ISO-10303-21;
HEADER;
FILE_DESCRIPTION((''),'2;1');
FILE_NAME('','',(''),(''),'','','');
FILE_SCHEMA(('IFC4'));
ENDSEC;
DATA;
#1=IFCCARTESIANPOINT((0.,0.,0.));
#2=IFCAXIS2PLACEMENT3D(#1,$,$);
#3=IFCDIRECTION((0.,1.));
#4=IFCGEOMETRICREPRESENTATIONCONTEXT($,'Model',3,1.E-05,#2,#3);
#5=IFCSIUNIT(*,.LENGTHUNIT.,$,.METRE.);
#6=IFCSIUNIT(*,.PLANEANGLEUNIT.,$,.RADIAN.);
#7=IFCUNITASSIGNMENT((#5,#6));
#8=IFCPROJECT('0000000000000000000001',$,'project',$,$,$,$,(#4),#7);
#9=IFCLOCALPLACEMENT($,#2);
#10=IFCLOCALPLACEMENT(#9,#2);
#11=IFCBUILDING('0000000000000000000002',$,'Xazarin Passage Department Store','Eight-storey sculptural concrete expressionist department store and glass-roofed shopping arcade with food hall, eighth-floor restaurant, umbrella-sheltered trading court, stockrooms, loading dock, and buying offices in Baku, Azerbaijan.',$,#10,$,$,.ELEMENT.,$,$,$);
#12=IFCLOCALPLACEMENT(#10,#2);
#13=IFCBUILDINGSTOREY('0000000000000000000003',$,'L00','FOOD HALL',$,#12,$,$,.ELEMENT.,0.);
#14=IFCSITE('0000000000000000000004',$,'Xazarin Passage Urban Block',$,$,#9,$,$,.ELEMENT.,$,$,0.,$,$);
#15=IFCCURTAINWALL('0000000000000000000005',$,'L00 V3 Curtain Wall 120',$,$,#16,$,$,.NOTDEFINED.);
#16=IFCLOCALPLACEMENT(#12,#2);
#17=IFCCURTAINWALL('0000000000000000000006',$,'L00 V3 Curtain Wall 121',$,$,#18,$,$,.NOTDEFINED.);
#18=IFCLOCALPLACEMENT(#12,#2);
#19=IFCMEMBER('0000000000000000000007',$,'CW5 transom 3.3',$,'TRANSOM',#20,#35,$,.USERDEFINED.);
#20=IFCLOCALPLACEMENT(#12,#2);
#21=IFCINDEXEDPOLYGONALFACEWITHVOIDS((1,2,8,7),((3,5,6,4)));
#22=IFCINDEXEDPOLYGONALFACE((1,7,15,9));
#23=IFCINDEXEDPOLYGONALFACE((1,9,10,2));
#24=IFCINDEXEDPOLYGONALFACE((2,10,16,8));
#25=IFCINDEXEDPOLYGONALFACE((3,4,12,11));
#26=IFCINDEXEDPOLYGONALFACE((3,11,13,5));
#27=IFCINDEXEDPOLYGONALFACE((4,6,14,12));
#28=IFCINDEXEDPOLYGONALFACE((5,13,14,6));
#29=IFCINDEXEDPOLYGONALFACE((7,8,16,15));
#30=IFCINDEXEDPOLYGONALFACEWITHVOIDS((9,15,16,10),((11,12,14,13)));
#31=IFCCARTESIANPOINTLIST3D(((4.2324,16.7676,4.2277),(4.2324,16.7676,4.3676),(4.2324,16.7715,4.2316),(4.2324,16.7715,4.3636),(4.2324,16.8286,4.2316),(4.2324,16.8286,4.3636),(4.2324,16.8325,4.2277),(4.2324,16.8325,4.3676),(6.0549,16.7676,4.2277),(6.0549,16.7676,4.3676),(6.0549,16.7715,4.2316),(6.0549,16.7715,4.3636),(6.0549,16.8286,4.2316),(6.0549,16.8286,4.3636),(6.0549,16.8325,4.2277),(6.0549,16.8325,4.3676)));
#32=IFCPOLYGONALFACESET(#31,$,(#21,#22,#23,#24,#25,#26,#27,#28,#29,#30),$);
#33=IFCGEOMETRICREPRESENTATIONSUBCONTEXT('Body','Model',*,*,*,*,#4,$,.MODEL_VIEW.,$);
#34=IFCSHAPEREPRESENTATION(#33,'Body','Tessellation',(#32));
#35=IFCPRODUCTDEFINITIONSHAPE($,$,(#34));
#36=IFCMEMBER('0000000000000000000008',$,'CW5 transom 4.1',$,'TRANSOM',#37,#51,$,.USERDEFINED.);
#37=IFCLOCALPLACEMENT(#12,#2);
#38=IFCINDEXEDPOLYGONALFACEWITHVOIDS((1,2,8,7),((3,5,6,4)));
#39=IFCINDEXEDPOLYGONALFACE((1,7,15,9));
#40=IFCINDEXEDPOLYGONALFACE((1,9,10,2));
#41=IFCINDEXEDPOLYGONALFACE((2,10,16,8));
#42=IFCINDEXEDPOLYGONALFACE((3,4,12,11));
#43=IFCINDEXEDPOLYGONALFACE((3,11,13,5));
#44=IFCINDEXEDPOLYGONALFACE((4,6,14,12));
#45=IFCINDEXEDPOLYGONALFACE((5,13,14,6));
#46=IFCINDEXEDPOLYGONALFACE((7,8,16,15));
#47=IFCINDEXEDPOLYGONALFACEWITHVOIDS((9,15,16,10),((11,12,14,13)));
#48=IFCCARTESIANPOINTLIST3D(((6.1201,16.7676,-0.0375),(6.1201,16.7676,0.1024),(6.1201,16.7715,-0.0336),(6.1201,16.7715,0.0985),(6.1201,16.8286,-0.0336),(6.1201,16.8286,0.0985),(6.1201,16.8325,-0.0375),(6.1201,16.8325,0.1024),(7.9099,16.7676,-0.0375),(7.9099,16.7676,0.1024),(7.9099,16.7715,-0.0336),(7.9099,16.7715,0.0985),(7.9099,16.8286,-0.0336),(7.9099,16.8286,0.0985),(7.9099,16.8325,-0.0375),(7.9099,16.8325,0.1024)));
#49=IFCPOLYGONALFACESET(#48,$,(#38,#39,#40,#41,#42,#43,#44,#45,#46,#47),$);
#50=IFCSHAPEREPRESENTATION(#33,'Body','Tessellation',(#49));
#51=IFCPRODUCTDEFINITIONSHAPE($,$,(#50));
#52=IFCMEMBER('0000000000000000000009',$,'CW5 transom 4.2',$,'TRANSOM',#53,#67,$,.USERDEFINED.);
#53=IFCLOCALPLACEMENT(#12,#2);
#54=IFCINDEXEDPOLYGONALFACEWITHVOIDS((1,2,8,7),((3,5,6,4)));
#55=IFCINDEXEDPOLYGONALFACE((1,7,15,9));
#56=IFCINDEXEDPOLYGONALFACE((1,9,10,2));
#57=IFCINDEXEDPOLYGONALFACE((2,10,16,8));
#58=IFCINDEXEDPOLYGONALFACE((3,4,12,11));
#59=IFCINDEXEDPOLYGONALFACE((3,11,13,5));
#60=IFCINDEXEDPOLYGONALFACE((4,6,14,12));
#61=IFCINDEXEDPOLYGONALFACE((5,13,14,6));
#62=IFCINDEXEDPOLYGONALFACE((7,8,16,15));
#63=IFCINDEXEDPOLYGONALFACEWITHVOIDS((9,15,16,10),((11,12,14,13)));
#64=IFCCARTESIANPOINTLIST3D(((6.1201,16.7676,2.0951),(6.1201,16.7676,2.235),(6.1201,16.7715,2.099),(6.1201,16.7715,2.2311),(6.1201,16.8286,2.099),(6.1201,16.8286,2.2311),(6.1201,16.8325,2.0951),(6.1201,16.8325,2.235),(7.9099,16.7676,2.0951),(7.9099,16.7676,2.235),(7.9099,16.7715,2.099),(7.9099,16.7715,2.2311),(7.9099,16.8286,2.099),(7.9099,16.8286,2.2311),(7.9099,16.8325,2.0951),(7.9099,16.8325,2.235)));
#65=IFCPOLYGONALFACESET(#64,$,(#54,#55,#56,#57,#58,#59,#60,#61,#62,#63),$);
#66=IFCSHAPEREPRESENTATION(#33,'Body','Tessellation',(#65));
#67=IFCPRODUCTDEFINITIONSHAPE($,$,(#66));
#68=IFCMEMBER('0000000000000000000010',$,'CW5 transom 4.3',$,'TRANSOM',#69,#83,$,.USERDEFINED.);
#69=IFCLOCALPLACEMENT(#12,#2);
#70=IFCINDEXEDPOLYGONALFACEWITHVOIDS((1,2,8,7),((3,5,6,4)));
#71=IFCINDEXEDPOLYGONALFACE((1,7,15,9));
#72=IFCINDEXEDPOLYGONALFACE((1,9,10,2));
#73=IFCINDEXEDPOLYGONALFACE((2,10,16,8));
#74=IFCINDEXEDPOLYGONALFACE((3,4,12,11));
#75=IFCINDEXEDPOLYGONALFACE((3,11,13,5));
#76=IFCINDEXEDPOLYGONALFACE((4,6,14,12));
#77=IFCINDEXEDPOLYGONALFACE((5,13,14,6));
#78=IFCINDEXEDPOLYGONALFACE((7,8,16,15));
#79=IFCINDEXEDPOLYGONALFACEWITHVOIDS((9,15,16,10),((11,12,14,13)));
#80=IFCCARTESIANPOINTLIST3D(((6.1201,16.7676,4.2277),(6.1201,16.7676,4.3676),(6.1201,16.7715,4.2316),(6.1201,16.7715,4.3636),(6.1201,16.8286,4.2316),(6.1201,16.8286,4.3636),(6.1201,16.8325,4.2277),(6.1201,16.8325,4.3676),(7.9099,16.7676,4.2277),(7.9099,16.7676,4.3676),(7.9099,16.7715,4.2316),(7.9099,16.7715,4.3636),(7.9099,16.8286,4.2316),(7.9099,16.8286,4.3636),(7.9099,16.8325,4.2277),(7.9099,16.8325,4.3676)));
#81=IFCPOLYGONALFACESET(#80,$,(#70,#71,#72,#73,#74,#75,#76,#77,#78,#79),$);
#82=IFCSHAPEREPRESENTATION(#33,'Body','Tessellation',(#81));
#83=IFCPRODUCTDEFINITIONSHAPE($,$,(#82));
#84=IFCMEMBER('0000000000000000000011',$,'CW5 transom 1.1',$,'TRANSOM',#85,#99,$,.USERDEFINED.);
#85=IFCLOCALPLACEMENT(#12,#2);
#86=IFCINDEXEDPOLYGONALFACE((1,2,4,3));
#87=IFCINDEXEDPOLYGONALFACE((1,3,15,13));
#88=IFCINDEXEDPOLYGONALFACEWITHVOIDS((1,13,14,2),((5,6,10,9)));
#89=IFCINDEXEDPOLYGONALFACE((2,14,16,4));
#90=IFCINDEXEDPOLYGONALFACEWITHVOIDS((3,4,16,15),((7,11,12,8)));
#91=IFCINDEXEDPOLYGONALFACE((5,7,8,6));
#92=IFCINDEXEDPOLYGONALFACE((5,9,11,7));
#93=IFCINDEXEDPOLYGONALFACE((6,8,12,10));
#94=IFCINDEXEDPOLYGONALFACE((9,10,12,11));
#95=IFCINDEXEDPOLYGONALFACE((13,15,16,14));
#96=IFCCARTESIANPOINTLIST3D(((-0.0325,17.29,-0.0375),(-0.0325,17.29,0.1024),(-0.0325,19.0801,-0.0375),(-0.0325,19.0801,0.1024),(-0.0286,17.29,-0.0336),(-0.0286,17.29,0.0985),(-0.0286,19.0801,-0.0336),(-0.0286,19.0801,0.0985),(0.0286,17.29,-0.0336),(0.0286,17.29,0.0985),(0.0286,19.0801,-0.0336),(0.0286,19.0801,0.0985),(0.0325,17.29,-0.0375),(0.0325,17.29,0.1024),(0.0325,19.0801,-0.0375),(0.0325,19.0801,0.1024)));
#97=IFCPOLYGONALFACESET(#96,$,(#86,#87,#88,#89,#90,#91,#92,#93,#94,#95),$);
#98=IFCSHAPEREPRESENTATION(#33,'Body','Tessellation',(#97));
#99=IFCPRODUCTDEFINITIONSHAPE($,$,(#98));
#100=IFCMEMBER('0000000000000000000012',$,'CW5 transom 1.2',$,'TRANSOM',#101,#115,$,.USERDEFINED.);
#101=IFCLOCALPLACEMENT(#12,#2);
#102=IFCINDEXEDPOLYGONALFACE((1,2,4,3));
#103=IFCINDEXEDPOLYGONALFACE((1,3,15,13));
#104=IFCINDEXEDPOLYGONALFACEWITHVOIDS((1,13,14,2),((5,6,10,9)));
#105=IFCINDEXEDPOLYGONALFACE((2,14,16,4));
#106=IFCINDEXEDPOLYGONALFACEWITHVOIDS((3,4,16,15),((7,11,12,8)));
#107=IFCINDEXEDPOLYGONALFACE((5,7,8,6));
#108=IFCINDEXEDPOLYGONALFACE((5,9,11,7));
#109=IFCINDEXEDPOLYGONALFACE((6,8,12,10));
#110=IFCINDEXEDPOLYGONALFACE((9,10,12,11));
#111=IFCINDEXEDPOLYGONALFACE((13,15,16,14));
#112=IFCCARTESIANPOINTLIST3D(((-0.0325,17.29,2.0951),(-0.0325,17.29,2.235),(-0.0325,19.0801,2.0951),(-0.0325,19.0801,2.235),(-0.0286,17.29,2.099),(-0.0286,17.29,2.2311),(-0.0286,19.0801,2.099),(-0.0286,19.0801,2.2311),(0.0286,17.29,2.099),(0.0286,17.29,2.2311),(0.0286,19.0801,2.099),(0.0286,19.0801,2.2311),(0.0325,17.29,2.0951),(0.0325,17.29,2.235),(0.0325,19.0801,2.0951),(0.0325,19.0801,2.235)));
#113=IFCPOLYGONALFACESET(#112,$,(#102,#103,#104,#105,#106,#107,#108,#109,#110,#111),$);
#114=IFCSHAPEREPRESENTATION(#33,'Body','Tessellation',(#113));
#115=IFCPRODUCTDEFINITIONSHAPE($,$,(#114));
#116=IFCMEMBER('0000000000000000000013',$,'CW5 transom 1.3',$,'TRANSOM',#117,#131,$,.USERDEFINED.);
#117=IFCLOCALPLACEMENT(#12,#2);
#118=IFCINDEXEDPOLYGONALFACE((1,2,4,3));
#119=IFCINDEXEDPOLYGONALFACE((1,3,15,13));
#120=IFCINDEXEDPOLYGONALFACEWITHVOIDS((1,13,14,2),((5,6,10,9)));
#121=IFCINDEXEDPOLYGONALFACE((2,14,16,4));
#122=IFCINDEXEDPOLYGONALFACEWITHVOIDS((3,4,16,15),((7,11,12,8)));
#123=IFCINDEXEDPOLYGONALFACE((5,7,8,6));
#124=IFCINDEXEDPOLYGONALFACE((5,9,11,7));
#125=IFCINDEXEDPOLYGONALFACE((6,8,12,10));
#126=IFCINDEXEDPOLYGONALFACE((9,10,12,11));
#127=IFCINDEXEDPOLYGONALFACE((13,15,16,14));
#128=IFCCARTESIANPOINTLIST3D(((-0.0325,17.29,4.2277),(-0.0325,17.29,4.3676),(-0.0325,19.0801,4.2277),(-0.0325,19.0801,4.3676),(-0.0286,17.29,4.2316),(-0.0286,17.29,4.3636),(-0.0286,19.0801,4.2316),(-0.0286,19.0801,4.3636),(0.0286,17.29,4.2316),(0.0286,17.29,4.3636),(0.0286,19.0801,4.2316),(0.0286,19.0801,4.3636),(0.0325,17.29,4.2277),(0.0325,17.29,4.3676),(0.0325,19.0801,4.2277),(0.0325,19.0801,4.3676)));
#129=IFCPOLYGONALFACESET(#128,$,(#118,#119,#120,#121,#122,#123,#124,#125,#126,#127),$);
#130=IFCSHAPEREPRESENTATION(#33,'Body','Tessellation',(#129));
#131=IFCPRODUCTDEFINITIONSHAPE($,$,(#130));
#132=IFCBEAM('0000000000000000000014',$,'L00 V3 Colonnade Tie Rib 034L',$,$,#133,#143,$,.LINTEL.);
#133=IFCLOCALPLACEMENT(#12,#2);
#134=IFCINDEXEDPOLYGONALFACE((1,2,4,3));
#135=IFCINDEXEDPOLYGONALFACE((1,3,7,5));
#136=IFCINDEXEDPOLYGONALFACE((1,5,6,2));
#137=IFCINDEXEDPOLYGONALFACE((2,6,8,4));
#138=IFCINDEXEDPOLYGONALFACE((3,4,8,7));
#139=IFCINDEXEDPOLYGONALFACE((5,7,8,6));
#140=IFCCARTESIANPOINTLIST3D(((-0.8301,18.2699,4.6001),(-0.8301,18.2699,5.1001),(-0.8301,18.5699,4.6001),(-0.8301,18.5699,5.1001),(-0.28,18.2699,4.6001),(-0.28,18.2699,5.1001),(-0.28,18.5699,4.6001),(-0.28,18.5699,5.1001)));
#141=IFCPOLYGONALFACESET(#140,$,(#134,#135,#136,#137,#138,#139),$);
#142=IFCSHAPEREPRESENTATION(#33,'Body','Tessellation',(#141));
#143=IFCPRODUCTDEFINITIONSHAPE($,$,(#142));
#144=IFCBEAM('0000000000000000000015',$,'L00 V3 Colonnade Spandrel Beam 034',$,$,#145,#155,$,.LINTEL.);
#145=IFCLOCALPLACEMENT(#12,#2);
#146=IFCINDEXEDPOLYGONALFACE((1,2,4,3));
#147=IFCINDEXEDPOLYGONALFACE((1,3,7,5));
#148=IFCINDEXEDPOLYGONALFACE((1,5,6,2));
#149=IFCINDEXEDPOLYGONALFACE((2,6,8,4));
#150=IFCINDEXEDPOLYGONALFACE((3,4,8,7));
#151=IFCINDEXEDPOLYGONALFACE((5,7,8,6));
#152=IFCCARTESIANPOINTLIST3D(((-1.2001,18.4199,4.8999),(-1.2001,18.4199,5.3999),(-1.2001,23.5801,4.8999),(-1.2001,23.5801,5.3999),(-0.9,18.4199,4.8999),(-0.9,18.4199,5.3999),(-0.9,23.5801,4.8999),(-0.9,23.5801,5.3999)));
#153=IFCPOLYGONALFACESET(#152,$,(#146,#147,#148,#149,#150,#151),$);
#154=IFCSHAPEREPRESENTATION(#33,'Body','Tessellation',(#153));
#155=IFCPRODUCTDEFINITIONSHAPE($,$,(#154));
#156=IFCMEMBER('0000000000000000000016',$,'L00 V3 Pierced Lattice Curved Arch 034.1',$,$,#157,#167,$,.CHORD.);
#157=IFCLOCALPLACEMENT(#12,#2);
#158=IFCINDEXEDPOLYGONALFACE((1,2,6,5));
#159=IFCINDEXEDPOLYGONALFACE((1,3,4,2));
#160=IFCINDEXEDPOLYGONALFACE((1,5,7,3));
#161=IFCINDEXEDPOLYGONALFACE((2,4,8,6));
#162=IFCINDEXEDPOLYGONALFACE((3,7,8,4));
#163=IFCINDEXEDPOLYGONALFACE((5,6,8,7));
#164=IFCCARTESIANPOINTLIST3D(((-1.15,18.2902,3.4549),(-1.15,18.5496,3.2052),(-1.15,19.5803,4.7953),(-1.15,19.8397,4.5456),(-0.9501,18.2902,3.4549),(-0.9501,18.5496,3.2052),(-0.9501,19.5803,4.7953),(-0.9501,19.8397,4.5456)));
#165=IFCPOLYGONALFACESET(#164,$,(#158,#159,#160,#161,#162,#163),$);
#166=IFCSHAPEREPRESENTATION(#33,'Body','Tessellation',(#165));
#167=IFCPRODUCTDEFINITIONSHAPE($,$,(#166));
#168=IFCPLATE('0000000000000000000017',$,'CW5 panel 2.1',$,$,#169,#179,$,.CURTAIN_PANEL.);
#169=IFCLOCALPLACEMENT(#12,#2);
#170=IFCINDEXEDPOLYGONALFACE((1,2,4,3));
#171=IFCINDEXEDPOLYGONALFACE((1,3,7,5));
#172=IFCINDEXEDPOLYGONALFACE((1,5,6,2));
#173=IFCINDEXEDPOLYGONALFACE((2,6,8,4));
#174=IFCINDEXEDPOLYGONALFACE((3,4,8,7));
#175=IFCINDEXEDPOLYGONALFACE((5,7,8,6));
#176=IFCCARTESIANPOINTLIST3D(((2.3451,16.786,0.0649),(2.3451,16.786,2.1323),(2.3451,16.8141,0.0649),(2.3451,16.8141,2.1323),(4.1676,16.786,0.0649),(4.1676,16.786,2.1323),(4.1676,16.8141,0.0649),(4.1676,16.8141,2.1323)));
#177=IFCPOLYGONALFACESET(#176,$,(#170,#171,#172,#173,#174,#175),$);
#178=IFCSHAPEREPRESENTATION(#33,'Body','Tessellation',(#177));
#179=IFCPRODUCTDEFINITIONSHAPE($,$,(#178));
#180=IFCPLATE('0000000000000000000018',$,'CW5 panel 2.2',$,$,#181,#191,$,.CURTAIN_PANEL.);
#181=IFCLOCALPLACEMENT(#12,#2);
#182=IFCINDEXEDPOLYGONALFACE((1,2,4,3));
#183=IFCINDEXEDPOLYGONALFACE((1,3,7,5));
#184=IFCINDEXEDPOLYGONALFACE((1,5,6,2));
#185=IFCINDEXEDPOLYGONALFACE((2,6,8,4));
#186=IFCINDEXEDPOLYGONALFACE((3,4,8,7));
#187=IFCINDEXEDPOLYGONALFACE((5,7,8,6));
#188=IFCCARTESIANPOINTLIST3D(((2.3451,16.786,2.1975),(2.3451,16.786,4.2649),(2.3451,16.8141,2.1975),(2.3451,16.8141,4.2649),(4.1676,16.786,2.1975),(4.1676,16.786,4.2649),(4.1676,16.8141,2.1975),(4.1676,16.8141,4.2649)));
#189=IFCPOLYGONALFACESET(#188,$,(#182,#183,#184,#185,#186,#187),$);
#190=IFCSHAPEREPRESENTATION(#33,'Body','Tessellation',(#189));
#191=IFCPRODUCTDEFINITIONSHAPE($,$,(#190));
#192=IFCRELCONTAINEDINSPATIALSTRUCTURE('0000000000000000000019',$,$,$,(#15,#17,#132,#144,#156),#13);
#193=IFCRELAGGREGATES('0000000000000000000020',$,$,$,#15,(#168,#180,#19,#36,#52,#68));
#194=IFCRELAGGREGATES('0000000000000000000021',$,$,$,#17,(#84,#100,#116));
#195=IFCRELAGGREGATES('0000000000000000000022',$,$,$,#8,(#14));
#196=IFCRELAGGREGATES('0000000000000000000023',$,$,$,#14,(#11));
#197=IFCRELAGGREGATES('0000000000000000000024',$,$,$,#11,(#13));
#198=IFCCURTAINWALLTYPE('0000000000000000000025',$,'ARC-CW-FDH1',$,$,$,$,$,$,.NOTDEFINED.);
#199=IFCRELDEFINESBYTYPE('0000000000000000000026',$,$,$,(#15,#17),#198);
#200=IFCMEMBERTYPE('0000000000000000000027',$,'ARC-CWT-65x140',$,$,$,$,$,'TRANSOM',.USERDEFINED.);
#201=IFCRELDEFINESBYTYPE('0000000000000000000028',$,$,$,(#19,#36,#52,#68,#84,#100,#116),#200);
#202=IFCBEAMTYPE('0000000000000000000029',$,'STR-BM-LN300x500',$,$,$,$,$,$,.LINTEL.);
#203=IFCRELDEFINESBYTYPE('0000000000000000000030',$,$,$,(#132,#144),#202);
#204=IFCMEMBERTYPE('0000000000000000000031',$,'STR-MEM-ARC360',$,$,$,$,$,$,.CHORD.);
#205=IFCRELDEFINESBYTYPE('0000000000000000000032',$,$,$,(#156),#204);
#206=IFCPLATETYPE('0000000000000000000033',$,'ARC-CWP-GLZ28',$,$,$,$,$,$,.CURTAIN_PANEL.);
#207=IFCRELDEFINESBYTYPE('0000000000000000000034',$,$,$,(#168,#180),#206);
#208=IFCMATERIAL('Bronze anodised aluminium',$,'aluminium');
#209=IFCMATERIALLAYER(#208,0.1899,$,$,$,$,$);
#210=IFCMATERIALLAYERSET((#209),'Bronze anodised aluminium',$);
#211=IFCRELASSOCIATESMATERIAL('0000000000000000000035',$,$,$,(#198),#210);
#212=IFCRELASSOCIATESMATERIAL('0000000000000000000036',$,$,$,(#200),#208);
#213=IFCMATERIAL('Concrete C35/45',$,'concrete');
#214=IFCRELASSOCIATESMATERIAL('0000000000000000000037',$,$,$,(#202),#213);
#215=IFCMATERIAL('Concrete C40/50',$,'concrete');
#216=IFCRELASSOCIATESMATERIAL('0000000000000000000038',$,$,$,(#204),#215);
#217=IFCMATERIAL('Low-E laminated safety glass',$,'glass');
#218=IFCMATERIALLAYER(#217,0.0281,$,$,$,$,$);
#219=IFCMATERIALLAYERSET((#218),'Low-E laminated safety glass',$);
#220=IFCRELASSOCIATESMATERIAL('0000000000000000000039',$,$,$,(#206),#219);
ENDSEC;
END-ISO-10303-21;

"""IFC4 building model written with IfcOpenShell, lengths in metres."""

from ifc_helpers import new_model, si_unit, direction, frame, origin, origin_2d, place, context, subcontext, project, spatial, rectangle, hollow_rectangle, extrude, material, layer, layer_set, material_profile, profile_set, type_object, element, aggregate, save


model = new_model("IFC4")

# Units and contexts
model_context = context("Model", 3, precision=1e-05, world=origin(), true_north=direction((0.0, 1.0)))
body_context = subcontext(model_context, "Body", "Model", "MODEL_VIEW")
ifc_project = project(units=[si_unit("LENGTHUNIT", "METRE"), si_unit("PLANEANGLEUNIT", "RADIAN")], contexts=[model_context])

# Site, building, storey
site_placement = place(None, origin())
site = spatial("IfcSite", under=ifc_project, at=site_placement, Name="Xazarin Passage Urban Block", CompositionType="ELEMENT", RefElevation=0.0)
building_placement = place(site_placement, origin())
building = spatial("IfcBuilding", under=site, at=building_placement, Name="Xazarin Passage Department Store", Description="Eight-storey sculptural concrete expressionist department store and glass-roofed shopping arcade with food hall, eighth-floor restaurant, umbrella-sheltered trading court, stockrooms, loading dock, and buying offices in Baku, Azerbaijan.", CompositionType="ELEMENT")
storey_placement = place(building_placement, origin())
storey = spatial("IfcBuildingStorey", under=building, at=storey_placement, Name="L00", Description="FOOD HALL", CompositionType="ELEMENT", Elevation=0.0)

# Shared definitions
ifc_material_1 = material(Name="Concrete C35/45", Category="concrete")

# Shared definitions
ifc_material_2 = material(Name="Concrete C40/50", Category="concrete")

# Curtain wall
ifc_material_3 = material(Name="Bronze anodised aluminium", Category="aluminium")
ifc_layer_1 = layer(ifc_material_3, 0.1899)
ifc_layer_set_1 = layer_set([ifc_layer_1], Name="Bronze anodised aluminium")
curtain_wall_type = type_object("IfcCurtainWallType", Name="ARC-CW-FDH1", PredefinedType="NOTDEFINED", material=ifc_layer_set_1)
curtain_wall_1_placement = place(storey_placement, origin())
curtain_wall_1 = element("IfcCurtainWall", 1, at=curtain_wall_1_placement, inside=storey, type_object=curtain_wall_type, Name="L00 V3 Curtain Wall 120", PredefinedType="NOTDEFINED")

# Curtain wall
curtain_wall_2_placement = place(storey_placement, origin())
curtain_wall_2 = element("IfcCurtainWall", 2, at=curtain_wall_2_placement, inside=storey, type_object=curtain_wall_type, Name="L00 V3 Curtain Wall 121", PredefinedType="NOTDEFINED")

# Members
ifc_material_profile_1 = material_profile(ifc_material_3, hollow_rectangle(XDim=0.0649, YDim=0.1399, WallThickness=0.0039, at=origin_2d()), Name="ALU 65x140")
ifc_profile_set_1 = profile_set([ifc_material_profile_1], Name="Bronze anodised aluminium")
member_type_1 = type_object("IfcMemberType", Name="ARC-CWT-65x140", ElementType="TRANSOM", PredefinedType="USERDEFINED", material=ifc_profile_set_1)
member_1_placement = place(storey_placement, frame((4.2324, 16.8, 4.2976), z_axis=(1.0, 0.0, 0.0), x_axis=(0.0, 1.0, 0.0)))
member_1 = element("IfcMember", 3, at=member_1_placement, type_object=member_type_1, Name="CW5 transom 3.3", ObjectType="TRANSOM", PredefinedType="USERDEFINED", context=body_context, shape_type="SweptSolid", body=[
    extrude(hollow_rectangle(XDim=0.0649, YDim=0.1399, WallThickness=0.0039, at=origin_2d()), origin(), (0.0, 0.0, 1.0), 1.8225),
])
member_2_placement = place(storey_placement, frame((6.1201, 16.8, 0.0325), z_axis=(1.0, 0.0, 0.0), x_axis=(0.0, 1.0, 0.0)))
member_2 = element("IfcMember", 4, at=member_2_placement, type_object=member_type_1, Name="CW5 transom 4.1", ObjectType="TRANSOM", PredefinedType="USERDEFINED", context=body_context, shape_type="SweptSolid", body=[
    extrude(hollow_rectangle(XDim=0.0649, YDim=0.1399, WallThickness=0.0039, at=origin_2d()), origin(), (0.0, 0.0, 1.0), 1.7898),
])
member_3_placement = place(storey_placement, frame((6.1201, 16.8, 2.165), z_axis=(1.0, 0.0, 0.0), x_axis=(0.0, 1.0, 0.0)))
member_3 = element("IfcMember", 5, at=member_3_placement, type_object=member_type_1, Name="CW5 transom 4.2", ObjectType="TRANSOM", PredefinedType="USERDEFINED", context=body_context, shape_type="SweptSolid", body=[
    extrude(hollow_rectangle(XDim=0.0649, YDim=0.1399, WallThickness=0.0039, at=origin_2d()), origin(), (0.0, 0.0, 1.0), 1.7898),
])
member_4_placement = place(storey_placement, frame((6.1201, 16.8, 4.2976), z_axis=(1.0, 0.0, 0.0), x_axis=(0.0, 1.0, 0.0)))
member_4 = element("IfcMember", 6, at=member_4_placement, type_object=member_type_1, Name="CW5 transom 4.3", ObjectType="TRANSOM", PredefinedType="USERDEFINED", context=body_context, shape_type="SweptSolid", body=[
    extrude(hollow_rectangle(XDim=0.0649, YDim=0.1399, WallThickness=0.0039, at=origin_2d()), origin(), (0.0, 0.0, 1.0), 1.7898),
])
member_5_placement = place(storey_placement, frame((0.0, 17.29, 0.0325), z_axis=(0.0, 1.0, 0.0), x_axis=(-1.0, 0.0, 0.0)))
member_5 = element("IfcMember", 7, at=member_5_placement, type_object=member_type_1, Name="CW5 transom 1.1", ObjectType="TRANSOM", PredefinedType="USERDEFINED", context=body_context, shape_type="SweptSolid", body=[
    extrude(hollow_rectangle(XDim=0.0649, YDim=0.1399, WallThickness=0.0039, at=origin_2d()), origin(), (0.0, 0.0, 1.0), 1.79),
])
member_6_placement = place(storey_placement, frame((0.0, 17.29, 2.165), z_axis=(0.0, 1.0, 0.0), x_axis=(-1.0, 0.0, 0.0)))
member_6 = element("IfcMember", 8, at=member_6_placement, type_object=member_type_1, Name="CW5 transom 1.2", ObjectType="TRANSOM", PredefinedType="USERDEFINED", context=body_context, shape_type="SweptSolid", body=[
    extrude(hollow_rectangle(XDim=0.0649, YDim=0.1399, WallThickness=0.0039, at=origin_2d()), origin(), (0.0, 0.0, 1.0), 1.79),
])
member_7_placement = place(storey_placement, frame((0.0, 17.29, 4.2976), z_axis=(0.0, 1.0, 0.0), x_axis=(-1.0, 0.0, 0.0)))
member_7 = element("IfcMember", 9, at=member_7_placement, type_object=member_type_1, Name="CW5 transom 1.3", ObjectType="TRANSOM", PredefinedType="USERDEFINED", context=body_context, shape_type="SweptSolid", body=[
    extrude(hollow_rectangle(XDim=0.0649, YDim=0.1399, WallThickness=0.0039, at=origin_2d()), origin(), (0.0, 0.0, 1.0), 1.79),
])

# Beams
ifc_material_profile_2 = material_profile(ifc_material_1, rectangle(XDim=0.3, YDim=0.5, at=origin_2d()), Name="RC 300x500")
ifc_profile_set_2 = profile_set([ifc_material_profile_2], Name="Concrete C35/45")
beam_type = type_object("IfcBeamType", Name="STR-BM-LN300x500", PredefinedType="LINTEL", material=ifc_profile_set_2)
beam_1_placement = place(storey_placement, frame((-0.28, 18.4199, 4.8501), z_axis=(-1.0, 0.0, 0.0), x_axis=(0.0, -1.0, 0.0)))
element("IfcBeam", 10, at=beam_1_placement, inside=storey, type_object=beam_type, Name="L00 V3 Colonnade Tie Rib 034L", PredefinedType="LINTEL", context=body_context, shape_type="SweptSolid", body=[
    extrude(rectangle(XDim=0.3, YDim=0.5, at=origin_2d()), origin(), (0.0, 0.0, 1.0), 0.55),
])
beam_2_placement = place(storey_placement, frame((-1.05, 18.4199, 5.1499), z_axis=(0.0, 1.0, 0.0), x_axis=(-1.0, 0.0, 0.0)))
element("IfcBeam", 11, at=beam_2_placement, inside=storey, type_object=beam_type, Name="L00 V3 Colonnade Spandrel Beam 034", PredefinedType="LINTEL", context=body_context, shape_type="SweptSolid", body=[
    extrude(rectangle(XDim=0.3, YDim=0.5, at=origin_2d()), origin(), (0.0, 0.0, 1.0), 5.1602),
])

# Member
ifc_material_profile_3 = material_profile(ifc_material_2, rectangle(XDim=0.2, YDim=0.3601, at=origin_2d()), Name="RC 200x360")
ifc_profile_set_3 = profile_set([ifc_material_profile_3], Name="Concrete C40/50")
member_type_2 = type_object("IfcMemberType", Name="STR-MEM-ARC360", PredefinedType="CHORD", material=ifc_profile_set_3)
member_8_placement = place(storey_placement, frame((-1.05, 18.4199, 3.3301), z_axis=(0.0, 0.69346, 0.720495), x_axis=(-1.0, 0.0, 0.0)))
element("IfcMember", 12, at=member_8_placement, inside=storey, type_object=member_type_2, Name="L00 V3 Pierced Lattice Curved Arch 034.1", PredefinedType="CHORD", context=body_context, shape_type="SweptSolid", body=[
    extrude(rectangle(XDim=0.2, YDim=0.3601, at=origin_2d()), origin(), (0.0, 0.0, 1.0), 1.8604),
])

# Plates
ifc_material_4 = material(Name="Low-E laminated safety glass", Category="glass")
ifc_layer_2 = layer(ifc_material_4, 0.0281)
ifc_layer_set_2 = layer_set([ifc_layer_2], Name="Low-E laminated safety glass")
plate_type = type_object("IfcPlateType", Name="ARC-CWP-GLZ28", PredefinedType="CURTAIN_PANEL", material=ifc_layer_set_2)
plate_1_placement = place(storey_placement, frame((3.2563, 16.8, 0.0649), z_axis=(0.0, 0.0, 1.0), x_axis=(1.0, 0.0, 0.0)))
plate_1 = element("IfcPlate", 13, at=plate_1_placement, type_object=plate_type, Name="CW5 panel 2.1", PredefinedType="CURTAIN_PANEL", context=body_context, shape_type="SweptSolid", body=[
    extrude(rectangle(XDim=1.8225, YDim=0.0281, at=origin_2d()), origin(), (0.0, 0.0, 1.0), 2.0674),
])
plate_2_placement = place(storey_placement, frame((3.2563, 16.8, 2.1975), z_axis=(0.0, 0.0, 1.0), x_axis=(1.0, 0.0, 0.0)))
plate_2 = element("IfcPlate", 14, at=plate_2_placement, type_object=plate_type, Name="CW5 panel 2.2", PredefinedType="CURTAIN_PANEL", context=body_context, shape_type="SweptSolid", body=[
    extrude(rectangle(XDim=1.8225, YDim=0.0281, at=origin_2d()), origin(), (0.0, 0.0, 1.0), 2.0674),
])
aggregate(curtain_wall_1, [plate_1, plate_2, member_1, member_2, member_3, member_4])
aggregate(curtain_wall_2, [member_5, member_6, member_7])

save(model, "model.ifc")
